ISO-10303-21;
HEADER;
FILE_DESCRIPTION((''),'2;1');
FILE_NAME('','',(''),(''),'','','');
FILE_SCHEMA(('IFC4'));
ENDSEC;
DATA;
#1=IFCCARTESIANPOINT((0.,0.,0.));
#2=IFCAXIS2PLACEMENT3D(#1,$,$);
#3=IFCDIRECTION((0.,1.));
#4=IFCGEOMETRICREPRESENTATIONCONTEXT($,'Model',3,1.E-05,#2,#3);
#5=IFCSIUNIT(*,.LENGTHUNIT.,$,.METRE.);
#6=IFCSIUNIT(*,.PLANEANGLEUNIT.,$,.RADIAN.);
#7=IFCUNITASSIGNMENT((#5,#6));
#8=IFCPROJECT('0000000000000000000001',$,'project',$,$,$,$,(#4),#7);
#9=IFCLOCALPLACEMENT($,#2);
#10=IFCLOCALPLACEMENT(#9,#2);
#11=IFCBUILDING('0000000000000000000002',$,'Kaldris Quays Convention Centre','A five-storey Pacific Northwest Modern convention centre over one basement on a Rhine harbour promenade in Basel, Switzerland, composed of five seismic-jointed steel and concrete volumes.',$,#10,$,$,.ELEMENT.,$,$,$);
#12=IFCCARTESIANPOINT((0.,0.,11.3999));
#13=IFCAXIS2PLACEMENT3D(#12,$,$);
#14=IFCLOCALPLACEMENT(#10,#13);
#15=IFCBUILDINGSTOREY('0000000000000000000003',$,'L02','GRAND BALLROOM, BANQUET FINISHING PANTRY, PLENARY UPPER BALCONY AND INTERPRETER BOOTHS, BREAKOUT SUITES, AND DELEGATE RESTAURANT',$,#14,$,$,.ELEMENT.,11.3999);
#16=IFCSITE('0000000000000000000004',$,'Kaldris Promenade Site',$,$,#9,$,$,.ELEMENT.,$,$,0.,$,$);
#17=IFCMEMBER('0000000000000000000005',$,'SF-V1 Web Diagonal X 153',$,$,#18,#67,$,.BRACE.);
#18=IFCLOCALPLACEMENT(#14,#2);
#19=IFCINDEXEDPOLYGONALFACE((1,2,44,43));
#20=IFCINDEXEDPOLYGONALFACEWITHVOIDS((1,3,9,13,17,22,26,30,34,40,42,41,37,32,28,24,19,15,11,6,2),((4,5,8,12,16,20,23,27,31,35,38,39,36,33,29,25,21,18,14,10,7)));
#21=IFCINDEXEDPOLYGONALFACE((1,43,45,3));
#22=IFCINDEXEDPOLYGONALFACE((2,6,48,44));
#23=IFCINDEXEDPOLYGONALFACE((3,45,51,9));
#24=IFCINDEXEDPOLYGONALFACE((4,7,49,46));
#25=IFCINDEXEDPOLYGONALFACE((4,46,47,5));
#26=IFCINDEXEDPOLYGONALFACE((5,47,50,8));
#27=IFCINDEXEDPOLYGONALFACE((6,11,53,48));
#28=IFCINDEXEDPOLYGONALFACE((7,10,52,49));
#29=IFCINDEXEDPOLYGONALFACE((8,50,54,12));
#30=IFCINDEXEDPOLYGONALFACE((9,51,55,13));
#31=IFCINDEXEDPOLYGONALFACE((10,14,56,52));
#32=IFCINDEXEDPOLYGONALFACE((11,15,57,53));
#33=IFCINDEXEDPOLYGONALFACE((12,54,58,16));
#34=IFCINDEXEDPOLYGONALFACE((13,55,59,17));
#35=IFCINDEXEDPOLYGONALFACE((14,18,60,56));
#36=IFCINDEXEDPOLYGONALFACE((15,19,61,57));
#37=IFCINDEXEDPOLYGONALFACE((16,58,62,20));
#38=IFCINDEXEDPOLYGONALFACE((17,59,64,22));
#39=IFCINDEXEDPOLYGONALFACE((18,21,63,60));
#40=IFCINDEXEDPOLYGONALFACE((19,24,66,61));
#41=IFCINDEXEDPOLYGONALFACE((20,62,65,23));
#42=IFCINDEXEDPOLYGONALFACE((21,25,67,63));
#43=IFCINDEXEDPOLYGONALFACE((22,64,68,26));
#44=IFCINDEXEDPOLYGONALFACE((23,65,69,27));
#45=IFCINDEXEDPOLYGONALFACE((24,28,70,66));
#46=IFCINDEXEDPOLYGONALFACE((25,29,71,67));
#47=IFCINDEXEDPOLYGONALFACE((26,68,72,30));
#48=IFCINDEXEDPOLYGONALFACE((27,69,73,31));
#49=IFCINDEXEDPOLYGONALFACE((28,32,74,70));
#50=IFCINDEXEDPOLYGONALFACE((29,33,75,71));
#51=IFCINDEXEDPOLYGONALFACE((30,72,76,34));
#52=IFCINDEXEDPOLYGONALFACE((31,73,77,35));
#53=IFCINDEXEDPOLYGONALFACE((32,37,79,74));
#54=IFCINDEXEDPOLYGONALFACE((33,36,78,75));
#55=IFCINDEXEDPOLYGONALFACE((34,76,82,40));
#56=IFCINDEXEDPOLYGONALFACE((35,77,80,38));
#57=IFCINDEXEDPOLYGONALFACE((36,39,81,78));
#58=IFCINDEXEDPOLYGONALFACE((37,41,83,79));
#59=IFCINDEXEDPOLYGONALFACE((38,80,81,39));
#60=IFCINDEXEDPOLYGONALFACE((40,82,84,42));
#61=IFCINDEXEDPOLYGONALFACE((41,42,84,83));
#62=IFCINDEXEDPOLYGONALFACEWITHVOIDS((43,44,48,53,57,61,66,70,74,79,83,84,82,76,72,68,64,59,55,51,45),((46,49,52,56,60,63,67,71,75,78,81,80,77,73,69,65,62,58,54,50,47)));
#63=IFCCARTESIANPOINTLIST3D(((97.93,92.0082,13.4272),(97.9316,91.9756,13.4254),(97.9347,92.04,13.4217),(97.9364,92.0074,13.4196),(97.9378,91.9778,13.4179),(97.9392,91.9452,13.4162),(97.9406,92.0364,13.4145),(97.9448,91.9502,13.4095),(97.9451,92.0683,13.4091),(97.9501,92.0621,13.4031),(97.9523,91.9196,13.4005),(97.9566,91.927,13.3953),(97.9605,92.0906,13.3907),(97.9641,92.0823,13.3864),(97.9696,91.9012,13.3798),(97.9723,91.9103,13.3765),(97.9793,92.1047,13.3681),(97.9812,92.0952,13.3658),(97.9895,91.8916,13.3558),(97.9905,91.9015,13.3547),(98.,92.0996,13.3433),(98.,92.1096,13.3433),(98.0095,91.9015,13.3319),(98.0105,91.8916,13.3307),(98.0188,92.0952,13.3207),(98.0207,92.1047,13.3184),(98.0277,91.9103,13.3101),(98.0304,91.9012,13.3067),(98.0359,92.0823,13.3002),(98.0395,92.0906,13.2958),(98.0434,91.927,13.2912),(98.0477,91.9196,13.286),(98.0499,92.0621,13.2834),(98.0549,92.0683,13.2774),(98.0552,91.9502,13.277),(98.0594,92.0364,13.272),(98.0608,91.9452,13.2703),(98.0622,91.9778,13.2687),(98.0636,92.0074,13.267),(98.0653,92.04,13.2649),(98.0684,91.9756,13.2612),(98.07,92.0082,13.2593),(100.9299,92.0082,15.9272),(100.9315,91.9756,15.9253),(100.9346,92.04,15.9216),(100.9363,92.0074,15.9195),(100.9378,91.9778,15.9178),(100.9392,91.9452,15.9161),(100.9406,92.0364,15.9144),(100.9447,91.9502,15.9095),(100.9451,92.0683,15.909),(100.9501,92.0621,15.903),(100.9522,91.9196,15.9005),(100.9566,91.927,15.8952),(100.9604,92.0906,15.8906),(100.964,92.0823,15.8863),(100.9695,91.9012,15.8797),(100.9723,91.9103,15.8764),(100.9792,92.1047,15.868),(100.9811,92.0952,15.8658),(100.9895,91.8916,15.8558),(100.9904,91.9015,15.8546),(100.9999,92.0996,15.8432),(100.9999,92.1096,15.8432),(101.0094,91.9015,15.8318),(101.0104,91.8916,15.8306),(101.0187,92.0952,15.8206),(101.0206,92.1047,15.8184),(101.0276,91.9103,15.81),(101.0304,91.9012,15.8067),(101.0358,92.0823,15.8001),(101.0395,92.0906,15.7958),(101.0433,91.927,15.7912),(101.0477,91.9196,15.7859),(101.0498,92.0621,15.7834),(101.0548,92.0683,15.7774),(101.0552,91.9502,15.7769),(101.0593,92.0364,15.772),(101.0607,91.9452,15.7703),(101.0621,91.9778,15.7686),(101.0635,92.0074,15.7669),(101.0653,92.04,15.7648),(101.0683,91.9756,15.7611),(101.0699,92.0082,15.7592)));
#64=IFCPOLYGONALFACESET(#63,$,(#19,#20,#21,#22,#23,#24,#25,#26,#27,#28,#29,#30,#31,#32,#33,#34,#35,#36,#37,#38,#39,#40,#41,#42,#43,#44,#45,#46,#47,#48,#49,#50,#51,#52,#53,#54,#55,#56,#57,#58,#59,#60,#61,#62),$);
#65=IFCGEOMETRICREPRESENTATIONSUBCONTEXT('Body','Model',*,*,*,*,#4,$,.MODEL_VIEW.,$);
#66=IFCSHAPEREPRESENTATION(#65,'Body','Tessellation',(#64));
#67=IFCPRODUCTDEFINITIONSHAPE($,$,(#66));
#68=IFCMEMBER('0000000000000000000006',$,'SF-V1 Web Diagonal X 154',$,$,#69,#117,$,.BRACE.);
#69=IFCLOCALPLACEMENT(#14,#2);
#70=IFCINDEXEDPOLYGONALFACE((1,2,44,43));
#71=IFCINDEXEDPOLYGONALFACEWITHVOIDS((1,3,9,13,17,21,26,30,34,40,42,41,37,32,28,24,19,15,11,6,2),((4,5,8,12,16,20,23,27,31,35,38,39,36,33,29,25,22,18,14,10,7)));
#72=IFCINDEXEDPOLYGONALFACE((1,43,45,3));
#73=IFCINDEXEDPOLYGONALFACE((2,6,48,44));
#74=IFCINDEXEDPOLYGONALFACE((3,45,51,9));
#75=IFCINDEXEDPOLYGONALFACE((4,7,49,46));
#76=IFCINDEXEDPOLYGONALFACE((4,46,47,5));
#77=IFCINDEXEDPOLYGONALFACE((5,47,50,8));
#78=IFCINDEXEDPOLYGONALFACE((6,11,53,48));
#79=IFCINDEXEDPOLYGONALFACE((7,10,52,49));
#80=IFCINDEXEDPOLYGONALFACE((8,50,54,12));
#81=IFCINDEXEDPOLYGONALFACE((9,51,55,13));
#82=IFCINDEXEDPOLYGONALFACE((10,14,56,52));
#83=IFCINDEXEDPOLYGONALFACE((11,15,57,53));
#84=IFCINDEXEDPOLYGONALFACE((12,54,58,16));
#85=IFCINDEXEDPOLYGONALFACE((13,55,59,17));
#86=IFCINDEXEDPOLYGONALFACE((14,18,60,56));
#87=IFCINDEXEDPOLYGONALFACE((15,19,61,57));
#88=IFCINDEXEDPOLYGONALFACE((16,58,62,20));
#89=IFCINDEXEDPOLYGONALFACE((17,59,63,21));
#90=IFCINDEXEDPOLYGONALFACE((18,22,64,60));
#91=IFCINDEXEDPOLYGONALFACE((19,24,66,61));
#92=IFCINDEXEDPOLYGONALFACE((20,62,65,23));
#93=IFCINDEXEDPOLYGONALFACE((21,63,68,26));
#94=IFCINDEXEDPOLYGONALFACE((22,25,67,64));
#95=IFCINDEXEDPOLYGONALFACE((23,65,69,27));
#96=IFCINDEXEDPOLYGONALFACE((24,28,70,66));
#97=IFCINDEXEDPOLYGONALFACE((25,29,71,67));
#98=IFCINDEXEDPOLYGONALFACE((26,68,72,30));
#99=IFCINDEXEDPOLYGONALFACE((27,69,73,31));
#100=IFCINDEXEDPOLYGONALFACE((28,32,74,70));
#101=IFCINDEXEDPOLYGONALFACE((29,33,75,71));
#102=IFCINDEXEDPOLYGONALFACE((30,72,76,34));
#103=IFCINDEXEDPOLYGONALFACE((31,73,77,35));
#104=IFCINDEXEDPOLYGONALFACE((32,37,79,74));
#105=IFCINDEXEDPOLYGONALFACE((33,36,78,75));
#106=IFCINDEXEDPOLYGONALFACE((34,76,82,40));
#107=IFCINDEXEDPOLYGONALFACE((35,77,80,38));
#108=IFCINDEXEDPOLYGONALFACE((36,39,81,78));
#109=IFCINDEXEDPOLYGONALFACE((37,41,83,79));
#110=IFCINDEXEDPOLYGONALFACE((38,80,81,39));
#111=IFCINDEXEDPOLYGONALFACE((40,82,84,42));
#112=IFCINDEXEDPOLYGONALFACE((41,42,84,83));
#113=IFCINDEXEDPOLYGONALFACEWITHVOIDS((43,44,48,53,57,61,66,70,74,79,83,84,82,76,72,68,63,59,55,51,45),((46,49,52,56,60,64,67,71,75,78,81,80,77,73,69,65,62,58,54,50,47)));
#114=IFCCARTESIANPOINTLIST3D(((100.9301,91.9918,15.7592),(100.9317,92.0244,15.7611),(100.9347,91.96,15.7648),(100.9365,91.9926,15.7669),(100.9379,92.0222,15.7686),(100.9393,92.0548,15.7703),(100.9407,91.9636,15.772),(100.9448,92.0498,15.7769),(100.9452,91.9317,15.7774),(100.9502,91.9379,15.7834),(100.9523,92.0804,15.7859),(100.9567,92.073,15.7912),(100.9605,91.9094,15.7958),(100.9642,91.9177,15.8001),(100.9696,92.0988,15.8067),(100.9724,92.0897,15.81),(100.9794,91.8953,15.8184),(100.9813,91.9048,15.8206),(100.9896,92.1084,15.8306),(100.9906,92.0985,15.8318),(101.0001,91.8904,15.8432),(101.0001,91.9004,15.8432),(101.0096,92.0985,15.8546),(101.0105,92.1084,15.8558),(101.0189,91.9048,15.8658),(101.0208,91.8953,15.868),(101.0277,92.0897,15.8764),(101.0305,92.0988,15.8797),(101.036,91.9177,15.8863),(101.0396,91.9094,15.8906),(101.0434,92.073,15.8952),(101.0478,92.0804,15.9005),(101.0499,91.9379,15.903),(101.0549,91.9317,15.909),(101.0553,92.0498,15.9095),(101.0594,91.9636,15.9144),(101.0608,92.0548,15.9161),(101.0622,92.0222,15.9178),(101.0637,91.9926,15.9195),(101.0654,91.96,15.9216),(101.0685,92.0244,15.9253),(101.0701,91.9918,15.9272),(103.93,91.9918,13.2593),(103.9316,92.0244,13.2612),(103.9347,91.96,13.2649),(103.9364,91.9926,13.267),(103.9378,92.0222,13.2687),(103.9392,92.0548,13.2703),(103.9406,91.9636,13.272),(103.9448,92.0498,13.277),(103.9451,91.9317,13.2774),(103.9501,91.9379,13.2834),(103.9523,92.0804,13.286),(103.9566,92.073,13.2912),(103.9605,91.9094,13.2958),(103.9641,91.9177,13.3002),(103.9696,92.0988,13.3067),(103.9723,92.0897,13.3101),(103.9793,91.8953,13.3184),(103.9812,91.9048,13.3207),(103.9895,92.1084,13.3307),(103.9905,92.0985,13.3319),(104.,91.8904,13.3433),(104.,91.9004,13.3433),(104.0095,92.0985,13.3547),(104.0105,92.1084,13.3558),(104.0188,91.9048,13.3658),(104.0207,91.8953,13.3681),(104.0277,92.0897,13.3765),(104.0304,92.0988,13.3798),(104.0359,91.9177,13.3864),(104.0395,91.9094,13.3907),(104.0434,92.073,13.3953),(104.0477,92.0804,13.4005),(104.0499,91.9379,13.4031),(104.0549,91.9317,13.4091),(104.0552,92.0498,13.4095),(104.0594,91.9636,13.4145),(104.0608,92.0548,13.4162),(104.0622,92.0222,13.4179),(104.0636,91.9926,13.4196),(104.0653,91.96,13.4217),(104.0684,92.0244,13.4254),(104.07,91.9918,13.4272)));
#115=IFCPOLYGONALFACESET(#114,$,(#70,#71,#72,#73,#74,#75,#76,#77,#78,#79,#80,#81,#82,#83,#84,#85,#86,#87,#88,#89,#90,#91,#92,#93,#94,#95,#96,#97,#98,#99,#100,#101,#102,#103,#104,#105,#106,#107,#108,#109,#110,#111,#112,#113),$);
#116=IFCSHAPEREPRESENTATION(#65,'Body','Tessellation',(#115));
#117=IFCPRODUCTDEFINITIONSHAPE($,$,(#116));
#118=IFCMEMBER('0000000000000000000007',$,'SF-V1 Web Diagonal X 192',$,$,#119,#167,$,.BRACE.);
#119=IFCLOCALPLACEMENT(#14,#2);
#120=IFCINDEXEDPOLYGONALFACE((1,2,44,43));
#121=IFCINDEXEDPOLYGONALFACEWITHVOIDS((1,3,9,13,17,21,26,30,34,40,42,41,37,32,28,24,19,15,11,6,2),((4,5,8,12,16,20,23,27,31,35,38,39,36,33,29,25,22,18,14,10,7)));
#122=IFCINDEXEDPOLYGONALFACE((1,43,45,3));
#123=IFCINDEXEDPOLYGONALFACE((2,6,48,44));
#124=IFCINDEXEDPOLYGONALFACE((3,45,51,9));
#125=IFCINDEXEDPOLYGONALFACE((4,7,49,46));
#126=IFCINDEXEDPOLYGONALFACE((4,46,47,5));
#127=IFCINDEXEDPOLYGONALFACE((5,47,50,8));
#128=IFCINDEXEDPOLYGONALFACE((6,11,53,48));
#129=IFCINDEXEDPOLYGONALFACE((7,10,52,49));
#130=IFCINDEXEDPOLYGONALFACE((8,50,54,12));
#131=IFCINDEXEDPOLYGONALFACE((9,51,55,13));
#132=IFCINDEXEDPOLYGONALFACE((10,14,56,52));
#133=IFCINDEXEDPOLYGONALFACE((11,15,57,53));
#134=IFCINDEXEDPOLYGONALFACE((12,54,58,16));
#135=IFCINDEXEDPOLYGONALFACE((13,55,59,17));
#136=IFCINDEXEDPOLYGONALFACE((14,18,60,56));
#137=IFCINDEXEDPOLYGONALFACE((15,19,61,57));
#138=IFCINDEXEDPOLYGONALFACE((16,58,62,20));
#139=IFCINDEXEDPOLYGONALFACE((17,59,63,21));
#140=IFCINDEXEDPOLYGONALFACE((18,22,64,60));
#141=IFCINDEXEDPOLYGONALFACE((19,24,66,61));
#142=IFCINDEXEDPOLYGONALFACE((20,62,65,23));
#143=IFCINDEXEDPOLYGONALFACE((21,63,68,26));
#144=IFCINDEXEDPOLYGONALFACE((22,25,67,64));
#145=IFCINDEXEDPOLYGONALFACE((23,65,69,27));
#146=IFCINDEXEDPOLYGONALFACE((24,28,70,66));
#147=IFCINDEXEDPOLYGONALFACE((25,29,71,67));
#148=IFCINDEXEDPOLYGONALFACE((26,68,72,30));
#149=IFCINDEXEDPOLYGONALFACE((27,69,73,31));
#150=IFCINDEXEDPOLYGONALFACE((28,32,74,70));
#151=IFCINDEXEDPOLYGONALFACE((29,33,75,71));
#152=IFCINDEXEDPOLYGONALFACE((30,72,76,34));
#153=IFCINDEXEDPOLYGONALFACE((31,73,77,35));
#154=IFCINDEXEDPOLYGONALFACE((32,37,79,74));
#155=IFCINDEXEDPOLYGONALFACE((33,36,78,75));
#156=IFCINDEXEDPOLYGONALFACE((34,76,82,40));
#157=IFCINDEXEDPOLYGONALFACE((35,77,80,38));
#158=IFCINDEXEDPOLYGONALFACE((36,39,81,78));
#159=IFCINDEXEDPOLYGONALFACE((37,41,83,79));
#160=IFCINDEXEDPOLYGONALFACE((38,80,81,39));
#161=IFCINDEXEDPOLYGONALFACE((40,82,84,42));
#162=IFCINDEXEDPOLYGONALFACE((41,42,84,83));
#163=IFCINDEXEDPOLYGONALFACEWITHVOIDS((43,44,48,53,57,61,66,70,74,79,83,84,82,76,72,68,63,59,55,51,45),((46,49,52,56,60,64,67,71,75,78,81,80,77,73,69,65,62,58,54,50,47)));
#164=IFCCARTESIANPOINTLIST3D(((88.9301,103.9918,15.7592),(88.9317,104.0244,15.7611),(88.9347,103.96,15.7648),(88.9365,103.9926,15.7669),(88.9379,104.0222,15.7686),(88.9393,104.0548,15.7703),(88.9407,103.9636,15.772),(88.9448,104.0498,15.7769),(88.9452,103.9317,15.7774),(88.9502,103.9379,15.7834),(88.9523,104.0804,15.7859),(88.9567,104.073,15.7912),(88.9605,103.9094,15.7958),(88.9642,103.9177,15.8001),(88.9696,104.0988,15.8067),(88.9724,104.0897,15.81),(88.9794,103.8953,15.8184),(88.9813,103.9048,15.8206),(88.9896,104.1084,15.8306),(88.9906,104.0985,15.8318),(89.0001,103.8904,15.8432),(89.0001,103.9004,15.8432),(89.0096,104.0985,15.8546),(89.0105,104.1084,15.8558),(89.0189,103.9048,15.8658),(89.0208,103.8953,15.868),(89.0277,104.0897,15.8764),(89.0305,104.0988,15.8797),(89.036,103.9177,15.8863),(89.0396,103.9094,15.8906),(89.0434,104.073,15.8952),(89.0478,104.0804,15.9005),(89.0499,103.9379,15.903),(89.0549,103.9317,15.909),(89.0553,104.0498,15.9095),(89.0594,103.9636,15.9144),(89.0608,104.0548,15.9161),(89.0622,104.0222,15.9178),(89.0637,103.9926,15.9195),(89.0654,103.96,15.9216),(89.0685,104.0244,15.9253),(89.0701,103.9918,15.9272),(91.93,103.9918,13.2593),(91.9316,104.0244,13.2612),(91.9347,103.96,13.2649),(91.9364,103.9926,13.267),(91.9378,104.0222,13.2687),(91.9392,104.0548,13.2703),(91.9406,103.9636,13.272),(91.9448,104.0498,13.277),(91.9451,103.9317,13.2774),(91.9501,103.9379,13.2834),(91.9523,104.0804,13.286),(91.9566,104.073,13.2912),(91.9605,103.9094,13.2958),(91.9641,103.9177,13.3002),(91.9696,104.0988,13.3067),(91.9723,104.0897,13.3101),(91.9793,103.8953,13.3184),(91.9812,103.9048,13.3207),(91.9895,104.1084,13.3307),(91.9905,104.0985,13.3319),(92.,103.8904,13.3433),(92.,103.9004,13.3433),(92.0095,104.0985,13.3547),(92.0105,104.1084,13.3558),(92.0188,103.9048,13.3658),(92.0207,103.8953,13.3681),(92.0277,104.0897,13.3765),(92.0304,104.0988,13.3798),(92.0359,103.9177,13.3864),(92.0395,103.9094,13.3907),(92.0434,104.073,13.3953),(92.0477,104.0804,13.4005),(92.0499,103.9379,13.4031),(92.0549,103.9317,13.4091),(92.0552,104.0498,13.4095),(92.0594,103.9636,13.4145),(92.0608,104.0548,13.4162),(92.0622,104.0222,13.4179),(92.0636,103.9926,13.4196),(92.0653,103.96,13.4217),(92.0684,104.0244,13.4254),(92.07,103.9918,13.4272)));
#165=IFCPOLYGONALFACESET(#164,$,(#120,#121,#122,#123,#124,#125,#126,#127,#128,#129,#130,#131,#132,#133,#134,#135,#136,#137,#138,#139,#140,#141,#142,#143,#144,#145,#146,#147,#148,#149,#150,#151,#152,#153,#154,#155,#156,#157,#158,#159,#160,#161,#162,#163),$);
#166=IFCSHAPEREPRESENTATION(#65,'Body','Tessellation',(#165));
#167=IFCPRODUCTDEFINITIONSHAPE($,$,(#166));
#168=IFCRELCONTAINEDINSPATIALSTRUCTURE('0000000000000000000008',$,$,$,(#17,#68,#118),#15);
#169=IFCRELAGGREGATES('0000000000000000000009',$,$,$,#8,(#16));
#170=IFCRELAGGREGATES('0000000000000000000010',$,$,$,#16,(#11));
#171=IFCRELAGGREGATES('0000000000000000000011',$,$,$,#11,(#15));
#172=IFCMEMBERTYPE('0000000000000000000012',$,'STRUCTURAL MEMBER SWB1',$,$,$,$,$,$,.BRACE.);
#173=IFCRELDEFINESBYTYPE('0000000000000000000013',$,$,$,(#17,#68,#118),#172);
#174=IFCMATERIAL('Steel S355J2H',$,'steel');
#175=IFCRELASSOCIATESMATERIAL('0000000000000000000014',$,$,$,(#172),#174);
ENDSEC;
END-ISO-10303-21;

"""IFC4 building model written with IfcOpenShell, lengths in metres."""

from ifc_helpers import new_model, si_unit, direction, frame, origin, origin_2d, place, context, subcontext, project, spatial, hollow_circle, extrude, material, material_profile, profile_set, type_object, element, save


model = new_model("IFC4")

# Units and contexts
model_context = context("Model", 3, precision=1e-05, world=origin(), true_north=direction((0.0, 1.0)))
body_context = subcontext(model_context, "Body", "Model", "MODEL_VIEW")
ifc_project = project(units=[si_unit("LENGTHUNIT", "METRE"), si_unit("PLANEANGLEUNIT", "RADIAN")], contexts=[model_context])

# Site, building, storey
site_placement = place(None, origin())
site = spatial("IfcSite", under=ifc_project, at=site_placement, Name="Kaldris Promenade Site", CompositionType="ELEMENT", RefElevation=0.0)
building_placement = place(site_placement, origin())
building = spatial("IfcBuilding", under=site, at=building_placement, Name="Kaldris Quays Convention Centre", Description="A five-storey Pacific Northwest Modern convention centre over one basement on a Rhine harbour promenade in Basel, Switzerland, composed of five seismic-jointed steel and concrete volumes.", CompositionType="ELEMENT")
storey_placement = place(building_placement, frame((0.0, 0.0, 11.3999)))
storey = spatial("IfcBuildingStorey", under=building, at=storey_placement, Name="L02", Description="GRAND BALLROOM, BANQUET FINISHING PANTRY, PLENARY UPPER BALCONY AND INTERPRETER BOOTHS, BREAKOUT SUITES, AND DELEGATE RESTAURANT", CompositionType="ELEMENT", Elevation=11.3999)

# Members
ifc_material_1 = material(Name="Steel S355J2H", Category="steel")
ifc_material_profile_1 = material_profile(ifc_material_1, hollow_circle(Radius=0.1096, WallThickness=0.01, at=origin_2d()), Name="CHS 219.1x10")
ifc_profile_set_1 = profile_set([ifc_material_profile_1], Name="Steel S355J2H")
member_type_1 = type_object("IfcMemberType", Name="STRUCTURAL MEMBER SWB1", PredefinedType="BRACE", material=ifc_profile_set_1)
for number, where, z_axis, x_axis, name in (
    (1, (98.0, 92.0, 13.3433), (0.768221, 0.0, 0.640184), (0.0, 1.0, 0.0), "SF-V1 Web Diagonal X 153"),
    (2, (104.0, 92.0, 13.3433), (-0.768221, 0.0, 0.640184), (0.0, -1.0, 0.0), "SF-V1 Web Diagonal X 154"),
    (3, (92.0, 104.0, 13.3433), (-0.768221, 0.0, 0.640184), (0.0, -1.0, 0.0), "SF-V1 Web Diagonal X 192"),
):
    element("IfcMember", number, at=place(storey_placement, frame(where, z_axis=z_axis, x_axis=x_axis)), inside=storey, type_object=member_type_1, Name=name, PredefinedType="BRACE", context=body_context, shape_type="SweptSolid", body=[
        extrude(hollow_circle(Radius=0.1096, WallThickness=0.01, at=origin_2d()), origin(), (0.0, 0.0, 1.0), 3.905),
    ])

save(model, "model.ifc")
